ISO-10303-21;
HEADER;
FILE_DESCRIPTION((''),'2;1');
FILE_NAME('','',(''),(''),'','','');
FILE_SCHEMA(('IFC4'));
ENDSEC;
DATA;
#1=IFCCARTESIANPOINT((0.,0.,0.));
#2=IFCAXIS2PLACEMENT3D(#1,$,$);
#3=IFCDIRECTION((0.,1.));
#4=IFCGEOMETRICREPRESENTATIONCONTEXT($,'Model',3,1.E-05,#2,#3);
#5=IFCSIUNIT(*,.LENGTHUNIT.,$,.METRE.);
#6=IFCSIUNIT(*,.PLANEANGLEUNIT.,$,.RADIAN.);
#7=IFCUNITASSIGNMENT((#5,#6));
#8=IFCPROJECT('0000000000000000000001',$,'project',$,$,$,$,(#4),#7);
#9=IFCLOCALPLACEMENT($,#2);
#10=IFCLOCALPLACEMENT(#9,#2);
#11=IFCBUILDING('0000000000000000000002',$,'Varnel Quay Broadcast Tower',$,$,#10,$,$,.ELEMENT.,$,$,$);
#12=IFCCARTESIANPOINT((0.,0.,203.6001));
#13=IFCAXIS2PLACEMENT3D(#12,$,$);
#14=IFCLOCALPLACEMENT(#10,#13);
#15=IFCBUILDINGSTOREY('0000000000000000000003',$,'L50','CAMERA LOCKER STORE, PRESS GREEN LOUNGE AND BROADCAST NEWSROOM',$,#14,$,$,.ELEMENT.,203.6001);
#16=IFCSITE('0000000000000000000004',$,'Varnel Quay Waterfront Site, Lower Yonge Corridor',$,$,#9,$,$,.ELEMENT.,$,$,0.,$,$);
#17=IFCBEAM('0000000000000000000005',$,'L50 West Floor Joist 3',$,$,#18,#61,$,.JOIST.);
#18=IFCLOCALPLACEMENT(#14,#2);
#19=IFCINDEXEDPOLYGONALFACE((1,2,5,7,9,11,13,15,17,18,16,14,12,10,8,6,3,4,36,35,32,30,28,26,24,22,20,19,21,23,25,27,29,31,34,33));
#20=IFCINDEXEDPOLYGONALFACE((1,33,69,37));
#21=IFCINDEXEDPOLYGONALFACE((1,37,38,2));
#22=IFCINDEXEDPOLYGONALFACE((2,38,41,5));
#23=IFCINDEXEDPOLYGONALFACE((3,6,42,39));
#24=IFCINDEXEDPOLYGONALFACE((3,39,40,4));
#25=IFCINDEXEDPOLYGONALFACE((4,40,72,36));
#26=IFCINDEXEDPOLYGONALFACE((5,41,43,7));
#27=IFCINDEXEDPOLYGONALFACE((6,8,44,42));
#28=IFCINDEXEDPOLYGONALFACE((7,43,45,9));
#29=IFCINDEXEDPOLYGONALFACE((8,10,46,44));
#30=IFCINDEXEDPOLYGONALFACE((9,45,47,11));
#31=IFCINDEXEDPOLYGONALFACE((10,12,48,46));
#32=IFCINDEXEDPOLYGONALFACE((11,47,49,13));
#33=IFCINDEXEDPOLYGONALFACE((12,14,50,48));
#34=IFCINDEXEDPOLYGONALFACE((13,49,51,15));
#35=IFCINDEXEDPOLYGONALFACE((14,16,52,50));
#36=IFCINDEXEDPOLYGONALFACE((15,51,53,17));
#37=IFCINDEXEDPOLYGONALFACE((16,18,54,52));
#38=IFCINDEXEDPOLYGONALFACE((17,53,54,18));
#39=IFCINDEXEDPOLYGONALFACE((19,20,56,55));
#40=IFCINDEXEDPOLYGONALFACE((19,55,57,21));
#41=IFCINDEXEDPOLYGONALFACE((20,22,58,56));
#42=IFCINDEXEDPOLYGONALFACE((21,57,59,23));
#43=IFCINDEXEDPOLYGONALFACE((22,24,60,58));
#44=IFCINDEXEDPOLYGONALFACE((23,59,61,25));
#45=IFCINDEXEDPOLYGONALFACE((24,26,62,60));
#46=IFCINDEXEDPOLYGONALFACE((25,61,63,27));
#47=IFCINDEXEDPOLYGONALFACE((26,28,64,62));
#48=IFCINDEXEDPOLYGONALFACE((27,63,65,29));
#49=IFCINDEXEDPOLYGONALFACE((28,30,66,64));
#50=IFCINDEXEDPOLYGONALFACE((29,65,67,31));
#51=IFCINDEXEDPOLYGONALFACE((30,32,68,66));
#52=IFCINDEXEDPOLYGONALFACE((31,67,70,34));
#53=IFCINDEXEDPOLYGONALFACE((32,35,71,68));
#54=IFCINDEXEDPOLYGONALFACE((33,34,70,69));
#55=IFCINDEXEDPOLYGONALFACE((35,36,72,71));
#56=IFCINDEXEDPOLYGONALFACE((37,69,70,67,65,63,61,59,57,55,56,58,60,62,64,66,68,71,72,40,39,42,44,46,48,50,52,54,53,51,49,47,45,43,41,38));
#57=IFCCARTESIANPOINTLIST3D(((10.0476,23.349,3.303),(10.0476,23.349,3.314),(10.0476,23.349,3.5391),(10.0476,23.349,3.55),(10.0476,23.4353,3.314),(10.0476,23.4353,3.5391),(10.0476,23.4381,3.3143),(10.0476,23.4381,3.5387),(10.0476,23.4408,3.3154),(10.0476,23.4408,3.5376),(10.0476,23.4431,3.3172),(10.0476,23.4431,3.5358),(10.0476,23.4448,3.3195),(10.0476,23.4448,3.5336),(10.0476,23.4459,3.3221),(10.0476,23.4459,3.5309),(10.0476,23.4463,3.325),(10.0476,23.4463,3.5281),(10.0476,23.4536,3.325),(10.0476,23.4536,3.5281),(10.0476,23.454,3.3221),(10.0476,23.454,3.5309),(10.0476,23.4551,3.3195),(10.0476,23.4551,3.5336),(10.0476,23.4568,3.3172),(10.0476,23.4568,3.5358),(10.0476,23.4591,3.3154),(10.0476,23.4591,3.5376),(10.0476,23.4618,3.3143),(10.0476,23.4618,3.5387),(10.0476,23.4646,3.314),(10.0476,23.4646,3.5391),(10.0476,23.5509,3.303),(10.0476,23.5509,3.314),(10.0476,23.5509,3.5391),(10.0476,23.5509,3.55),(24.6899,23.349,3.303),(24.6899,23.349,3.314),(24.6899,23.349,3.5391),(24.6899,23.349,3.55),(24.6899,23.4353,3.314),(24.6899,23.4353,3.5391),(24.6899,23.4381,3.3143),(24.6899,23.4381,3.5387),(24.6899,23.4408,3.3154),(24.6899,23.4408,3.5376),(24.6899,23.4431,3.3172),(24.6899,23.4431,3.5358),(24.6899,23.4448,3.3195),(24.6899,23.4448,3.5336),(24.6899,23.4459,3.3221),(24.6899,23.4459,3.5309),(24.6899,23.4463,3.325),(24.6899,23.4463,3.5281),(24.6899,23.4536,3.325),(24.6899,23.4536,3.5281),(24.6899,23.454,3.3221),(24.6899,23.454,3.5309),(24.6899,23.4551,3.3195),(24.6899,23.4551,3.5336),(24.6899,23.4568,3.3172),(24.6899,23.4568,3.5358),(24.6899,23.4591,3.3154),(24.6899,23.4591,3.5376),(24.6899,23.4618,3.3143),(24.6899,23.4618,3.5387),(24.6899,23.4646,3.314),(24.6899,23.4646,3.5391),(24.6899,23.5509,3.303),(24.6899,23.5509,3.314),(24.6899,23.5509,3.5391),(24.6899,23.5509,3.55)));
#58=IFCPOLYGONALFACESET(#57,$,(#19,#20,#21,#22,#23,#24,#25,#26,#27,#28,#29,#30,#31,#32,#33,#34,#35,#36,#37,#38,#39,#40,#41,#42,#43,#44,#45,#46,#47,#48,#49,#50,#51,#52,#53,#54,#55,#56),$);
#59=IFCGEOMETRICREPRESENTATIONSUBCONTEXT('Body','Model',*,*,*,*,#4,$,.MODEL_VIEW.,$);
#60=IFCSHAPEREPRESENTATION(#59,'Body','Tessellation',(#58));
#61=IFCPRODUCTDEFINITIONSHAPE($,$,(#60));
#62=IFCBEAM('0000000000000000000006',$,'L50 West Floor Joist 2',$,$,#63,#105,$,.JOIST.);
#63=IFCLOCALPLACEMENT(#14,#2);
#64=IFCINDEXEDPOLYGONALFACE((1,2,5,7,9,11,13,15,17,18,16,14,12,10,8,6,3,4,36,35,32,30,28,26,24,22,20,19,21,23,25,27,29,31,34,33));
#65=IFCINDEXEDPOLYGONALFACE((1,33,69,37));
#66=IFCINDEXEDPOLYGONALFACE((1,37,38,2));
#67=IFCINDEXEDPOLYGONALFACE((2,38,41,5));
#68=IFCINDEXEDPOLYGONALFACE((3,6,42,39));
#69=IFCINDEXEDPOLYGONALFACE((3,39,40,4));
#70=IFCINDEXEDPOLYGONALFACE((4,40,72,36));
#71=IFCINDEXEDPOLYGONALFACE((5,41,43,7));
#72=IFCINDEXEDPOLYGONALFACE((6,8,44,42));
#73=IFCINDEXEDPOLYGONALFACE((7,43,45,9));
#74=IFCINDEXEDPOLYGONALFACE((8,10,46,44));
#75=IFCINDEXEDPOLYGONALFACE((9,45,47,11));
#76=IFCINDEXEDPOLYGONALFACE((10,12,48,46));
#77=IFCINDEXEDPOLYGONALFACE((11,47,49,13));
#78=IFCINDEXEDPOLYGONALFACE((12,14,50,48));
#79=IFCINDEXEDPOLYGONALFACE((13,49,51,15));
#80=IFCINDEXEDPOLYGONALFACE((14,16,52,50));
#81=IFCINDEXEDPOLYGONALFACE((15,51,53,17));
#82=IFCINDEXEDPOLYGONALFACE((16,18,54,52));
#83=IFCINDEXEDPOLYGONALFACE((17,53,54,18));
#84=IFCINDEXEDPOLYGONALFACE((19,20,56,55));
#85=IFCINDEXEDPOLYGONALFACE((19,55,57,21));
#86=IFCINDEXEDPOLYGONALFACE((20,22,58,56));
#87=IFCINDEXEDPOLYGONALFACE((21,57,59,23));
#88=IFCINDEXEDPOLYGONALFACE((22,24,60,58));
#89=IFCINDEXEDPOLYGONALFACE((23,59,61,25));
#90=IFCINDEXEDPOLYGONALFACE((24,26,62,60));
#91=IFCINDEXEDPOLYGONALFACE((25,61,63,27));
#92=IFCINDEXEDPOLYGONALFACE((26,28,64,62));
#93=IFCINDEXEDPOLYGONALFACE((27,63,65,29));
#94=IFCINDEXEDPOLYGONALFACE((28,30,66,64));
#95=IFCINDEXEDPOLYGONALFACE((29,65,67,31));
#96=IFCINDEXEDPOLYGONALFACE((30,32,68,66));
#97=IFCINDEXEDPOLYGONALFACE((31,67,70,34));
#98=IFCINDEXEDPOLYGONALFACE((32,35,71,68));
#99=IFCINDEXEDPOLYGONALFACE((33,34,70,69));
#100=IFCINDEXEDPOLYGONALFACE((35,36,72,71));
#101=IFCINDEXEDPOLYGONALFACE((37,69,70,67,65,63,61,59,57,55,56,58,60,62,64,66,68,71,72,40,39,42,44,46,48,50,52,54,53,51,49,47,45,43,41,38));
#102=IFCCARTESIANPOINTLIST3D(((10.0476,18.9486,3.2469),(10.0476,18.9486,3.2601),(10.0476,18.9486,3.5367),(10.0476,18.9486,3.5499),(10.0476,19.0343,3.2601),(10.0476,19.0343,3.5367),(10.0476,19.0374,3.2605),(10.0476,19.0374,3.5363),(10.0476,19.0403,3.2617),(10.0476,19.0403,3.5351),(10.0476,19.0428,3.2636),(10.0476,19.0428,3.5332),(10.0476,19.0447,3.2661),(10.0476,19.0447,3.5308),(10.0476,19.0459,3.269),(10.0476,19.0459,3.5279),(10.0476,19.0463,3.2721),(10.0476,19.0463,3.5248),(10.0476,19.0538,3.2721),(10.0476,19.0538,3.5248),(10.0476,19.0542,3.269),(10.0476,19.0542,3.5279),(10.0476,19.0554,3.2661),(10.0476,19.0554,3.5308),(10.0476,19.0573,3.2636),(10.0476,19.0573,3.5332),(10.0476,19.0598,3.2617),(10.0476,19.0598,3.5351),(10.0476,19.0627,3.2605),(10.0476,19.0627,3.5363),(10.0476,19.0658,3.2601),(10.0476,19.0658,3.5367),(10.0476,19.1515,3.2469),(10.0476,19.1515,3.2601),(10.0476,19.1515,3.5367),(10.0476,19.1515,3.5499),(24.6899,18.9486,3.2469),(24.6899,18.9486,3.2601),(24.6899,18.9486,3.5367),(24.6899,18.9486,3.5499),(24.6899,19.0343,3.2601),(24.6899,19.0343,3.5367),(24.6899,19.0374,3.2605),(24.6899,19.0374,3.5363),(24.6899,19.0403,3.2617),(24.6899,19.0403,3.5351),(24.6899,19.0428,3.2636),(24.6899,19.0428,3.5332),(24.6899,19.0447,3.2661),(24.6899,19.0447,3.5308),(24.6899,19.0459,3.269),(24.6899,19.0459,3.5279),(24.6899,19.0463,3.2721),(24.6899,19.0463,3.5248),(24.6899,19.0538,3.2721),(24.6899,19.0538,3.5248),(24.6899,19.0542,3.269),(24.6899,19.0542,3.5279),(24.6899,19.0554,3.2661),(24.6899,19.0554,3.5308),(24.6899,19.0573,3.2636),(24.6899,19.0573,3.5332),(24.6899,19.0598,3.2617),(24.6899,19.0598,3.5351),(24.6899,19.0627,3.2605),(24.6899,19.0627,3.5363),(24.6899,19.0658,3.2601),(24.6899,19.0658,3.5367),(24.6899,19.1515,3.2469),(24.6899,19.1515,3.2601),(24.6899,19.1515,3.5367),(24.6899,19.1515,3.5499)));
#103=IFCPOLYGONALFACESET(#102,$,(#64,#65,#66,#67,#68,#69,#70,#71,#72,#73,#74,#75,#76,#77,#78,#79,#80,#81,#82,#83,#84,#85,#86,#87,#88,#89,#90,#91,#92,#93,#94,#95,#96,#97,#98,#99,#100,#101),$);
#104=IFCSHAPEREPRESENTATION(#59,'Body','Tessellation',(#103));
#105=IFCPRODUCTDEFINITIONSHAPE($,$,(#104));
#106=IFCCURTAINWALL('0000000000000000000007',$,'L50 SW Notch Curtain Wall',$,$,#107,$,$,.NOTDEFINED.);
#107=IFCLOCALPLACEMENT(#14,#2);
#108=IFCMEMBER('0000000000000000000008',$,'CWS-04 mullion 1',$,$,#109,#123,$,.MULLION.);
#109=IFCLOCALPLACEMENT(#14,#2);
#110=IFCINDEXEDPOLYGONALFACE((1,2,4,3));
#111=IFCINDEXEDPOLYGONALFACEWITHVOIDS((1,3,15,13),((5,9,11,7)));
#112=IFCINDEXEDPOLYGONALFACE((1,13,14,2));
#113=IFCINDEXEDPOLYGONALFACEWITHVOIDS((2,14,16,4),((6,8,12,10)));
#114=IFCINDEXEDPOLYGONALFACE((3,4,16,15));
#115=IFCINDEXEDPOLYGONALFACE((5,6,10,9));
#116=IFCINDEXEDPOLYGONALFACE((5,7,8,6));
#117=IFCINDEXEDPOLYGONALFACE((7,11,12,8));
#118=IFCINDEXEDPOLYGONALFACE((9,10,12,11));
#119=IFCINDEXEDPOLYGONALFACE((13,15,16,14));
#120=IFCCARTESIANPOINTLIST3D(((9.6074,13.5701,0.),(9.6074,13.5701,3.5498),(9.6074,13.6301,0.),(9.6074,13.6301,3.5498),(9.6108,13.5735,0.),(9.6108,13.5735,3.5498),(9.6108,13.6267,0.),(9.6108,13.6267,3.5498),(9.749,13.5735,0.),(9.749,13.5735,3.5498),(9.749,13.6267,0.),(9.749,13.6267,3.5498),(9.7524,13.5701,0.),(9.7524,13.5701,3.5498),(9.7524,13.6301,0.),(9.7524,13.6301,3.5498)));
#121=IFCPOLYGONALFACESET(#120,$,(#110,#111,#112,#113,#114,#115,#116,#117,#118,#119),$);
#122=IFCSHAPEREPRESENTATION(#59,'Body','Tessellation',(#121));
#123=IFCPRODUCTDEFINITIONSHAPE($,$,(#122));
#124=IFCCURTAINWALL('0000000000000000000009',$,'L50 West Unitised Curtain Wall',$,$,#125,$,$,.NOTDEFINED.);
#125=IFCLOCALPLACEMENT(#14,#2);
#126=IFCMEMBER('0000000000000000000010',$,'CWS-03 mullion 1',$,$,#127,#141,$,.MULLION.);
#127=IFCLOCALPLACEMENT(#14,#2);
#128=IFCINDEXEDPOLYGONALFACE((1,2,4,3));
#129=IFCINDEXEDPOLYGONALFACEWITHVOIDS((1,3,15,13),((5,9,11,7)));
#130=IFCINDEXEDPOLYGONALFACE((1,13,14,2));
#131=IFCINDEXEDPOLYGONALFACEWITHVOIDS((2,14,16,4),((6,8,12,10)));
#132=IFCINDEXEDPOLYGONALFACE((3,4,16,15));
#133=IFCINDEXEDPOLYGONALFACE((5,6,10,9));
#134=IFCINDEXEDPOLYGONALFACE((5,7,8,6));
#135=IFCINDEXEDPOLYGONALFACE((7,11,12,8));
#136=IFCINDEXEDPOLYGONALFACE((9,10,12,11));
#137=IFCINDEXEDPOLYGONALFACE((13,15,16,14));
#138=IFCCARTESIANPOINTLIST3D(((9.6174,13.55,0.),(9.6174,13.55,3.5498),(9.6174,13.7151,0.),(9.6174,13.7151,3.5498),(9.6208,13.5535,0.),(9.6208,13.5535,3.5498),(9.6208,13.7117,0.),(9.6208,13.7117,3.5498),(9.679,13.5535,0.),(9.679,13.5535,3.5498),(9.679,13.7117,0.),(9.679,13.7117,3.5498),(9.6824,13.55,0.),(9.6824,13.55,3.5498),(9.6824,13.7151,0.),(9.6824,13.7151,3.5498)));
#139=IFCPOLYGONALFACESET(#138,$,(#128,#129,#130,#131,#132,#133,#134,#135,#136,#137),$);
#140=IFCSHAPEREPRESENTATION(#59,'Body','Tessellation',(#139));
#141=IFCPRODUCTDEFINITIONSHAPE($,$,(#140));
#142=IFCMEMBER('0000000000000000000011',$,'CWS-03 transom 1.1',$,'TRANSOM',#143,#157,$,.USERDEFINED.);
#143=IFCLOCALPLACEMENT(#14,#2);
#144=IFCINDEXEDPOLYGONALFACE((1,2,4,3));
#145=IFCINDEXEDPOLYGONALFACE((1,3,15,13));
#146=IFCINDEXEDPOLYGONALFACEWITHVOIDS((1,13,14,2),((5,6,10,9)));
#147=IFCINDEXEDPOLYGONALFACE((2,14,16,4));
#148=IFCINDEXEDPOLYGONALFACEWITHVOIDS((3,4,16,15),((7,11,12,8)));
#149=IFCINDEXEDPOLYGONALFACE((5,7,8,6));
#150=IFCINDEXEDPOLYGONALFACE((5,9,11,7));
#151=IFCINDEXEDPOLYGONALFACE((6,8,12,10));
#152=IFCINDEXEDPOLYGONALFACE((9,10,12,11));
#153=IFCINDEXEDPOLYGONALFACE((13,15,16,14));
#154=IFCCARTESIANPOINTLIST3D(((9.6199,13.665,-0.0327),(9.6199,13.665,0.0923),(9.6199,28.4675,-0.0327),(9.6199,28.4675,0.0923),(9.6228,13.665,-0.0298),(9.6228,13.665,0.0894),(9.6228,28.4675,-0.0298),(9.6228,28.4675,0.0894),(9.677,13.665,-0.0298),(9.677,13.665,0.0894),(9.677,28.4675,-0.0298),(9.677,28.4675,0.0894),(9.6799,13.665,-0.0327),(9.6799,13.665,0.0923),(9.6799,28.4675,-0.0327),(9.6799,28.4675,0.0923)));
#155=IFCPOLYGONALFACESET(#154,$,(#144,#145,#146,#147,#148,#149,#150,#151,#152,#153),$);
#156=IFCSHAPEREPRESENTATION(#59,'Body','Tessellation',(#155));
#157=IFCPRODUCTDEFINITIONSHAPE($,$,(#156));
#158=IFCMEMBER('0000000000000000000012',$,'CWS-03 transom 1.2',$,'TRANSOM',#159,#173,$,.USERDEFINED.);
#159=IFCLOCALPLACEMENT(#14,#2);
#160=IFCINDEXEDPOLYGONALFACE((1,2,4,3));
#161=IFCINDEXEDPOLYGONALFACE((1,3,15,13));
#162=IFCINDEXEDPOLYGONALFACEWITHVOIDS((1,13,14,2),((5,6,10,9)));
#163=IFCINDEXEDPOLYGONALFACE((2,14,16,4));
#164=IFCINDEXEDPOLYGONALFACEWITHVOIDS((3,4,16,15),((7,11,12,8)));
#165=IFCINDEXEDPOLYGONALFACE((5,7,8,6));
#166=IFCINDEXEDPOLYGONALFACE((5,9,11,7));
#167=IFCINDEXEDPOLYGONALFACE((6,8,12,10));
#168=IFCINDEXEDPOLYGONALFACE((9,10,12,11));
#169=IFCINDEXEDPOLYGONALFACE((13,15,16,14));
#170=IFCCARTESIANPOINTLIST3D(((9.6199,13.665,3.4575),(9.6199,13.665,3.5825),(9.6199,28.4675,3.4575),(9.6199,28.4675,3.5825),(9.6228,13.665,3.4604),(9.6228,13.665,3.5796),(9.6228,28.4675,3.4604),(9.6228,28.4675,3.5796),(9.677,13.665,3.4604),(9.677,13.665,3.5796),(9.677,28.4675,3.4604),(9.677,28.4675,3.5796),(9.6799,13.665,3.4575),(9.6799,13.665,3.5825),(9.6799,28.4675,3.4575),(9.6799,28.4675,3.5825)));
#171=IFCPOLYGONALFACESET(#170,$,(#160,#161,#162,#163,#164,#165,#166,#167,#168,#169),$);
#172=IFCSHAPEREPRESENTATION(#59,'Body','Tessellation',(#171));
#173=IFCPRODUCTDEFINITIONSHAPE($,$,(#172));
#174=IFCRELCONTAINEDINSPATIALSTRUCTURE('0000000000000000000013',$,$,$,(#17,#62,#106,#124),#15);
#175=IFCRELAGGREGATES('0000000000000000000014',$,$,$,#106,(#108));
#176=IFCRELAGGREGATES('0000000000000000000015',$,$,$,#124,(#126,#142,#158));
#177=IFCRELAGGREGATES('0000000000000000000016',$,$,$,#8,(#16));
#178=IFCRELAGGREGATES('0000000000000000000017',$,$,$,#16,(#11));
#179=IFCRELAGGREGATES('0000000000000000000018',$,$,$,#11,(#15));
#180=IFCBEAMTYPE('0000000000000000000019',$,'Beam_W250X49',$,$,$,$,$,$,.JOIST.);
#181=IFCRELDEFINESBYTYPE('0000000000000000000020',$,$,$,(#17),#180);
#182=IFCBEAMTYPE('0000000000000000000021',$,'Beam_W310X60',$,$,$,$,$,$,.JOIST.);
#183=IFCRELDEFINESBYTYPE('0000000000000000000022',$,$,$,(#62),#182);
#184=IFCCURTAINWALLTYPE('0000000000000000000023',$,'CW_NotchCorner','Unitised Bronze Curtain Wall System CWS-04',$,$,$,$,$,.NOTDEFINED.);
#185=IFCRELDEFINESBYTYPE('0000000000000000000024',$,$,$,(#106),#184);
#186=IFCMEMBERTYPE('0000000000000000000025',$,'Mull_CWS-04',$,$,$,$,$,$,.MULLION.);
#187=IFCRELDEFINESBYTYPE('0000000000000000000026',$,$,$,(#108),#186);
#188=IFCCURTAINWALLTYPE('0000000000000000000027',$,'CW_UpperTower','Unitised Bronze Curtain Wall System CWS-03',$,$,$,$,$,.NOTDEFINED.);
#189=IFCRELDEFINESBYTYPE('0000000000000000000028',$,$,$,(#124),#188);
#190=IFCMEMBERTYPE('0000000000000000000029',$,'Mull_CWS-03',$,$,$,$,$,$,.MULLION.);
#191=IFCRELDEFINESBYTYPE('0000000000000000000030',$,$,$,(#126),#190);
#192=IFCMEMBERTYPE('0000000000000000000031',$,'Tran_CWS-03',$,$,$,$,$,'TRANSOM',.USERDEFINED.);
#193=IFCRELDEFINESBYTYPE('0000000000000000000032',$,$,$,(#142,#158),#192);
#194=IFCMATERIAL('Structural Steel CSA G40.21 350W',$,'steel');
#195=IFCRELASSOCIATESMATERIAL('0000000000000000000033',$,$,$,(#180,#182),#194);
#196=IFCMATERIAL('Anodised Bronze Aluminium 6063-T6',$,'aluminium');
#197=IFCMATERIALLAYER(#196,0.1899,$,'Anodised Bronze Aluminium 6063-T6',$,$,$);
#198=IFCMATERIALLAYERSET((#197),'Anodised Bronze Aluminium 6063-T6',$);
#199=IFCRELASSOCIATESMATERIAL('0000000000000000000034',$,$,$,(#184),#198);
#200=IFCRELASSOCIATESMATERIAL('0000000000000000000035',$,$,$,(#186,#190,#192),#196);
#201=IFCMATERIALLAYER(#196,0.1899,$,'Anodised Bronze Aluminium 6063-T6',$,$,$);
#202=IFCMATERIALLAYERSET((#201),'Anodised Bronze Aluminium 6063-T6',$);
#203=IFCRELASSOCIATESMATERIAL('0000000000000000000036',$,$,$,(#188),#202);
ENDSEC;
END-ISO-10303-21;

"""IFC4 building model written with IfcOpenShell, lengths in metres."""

from ifc_helpers import new_model, si_unit, direction, frame, origin, origin_2d, place, context, subcontext, project, spatial, hollow_rectangle, i_section, extrude, source, transform, mapped, material, layer, layer_set, material_profile, profile_set, type_object, type_shapes, element, aggregate, save


model = new_model("IFC4")

# Units and contexts
model_context = context("Model", 3, precision=1e-05, world=origin(), true_north=direction((0.0, 1.0)))
body_context = subcontext(model_context, "Body", "Model", "MODEL_VIEW")
ifc_project = project(units=[si_unit("LENGTHUNIT", "METRE"), si_unit("PLANEANGLEUNIT", "RADIAN")], contexts=[model_context])

# Site, building, storey
site_placement = place(None, origin())
site = spatial("IfcSite", under=ifc_project, at=site_placement, Name="Varnel Quay Waterfront Site, Lower Yonge Corridor", CompositionType="ELEMENT", RefElevation=0.0)
building_placement = place(site_placement, origin())
building = spatial("IfcBuilding", under=site, at=building_placement, Name="Varnel Quay Broadcast Tower", CompositionType="ELEMENT")
storey_placement = place(building_placement, frame((0.0, 0.0, 203.6001)))
storey = spatial("IfcBuildingStorey", under=building, at=storey_placement, Name="L50", Description="CAMERA LOCKER STORE, PRESS GREEN LOUNGE AND BROADCAST NEWSROOM", CompositionType="ELEMENT", Elevation=203.6001)

# Shared definitions
ifc_material_1 = material(Name="Structural Steel CSA G40.21 350W", Category="steel")

# Beams
ifc_material_profile_1 = material_profile(ifc_material_1, i_section(OverallWidth=0.2019, OverallDepth=0.2471, WebThickness=0.0073, FlangeThickness=0.011, FilletRadius=0.011, at=origin_2d()), Name="W250X49")
ifc_profile_set_1 = profile_set([ifc_material_profile_1], Name="Structural Steel CSA G40.21 350W")
beam_type_1 = type_object("IfcBeamType", Name="Beam_W250X49", PredefinedType="JOIST", material=ifc_profile_set_1)
shared_shape_1 = source(origin(), body_context, "Body", "SweptSolid", [
    extrude(i_section(OverallWidth=0.2019, OverallDepth=0.2471, WebThickness=0.0073, FlangeThickness=0.011, FilletRadius=0.011, at=origin_2d()), origin(), (0.0, 0.0, 1.0), 14.6423),
])
type_shapes(beam_type_1, [shared_shape_1])
for number, where, z_axis, x_axis, name in (
    (1, (10.0476, 23.45, 3.4265), (1.0, 0.0, 0.0), (0.0, 1.0, 0.0), "L50 West Floor Joist 3"),
):
    element("IfcBeam", number, at=place(storey_placement, frame(where, z_axis=z_axis, x_axis=x_axis)), inside=storey, type_object=beam_type_1, Name=name, PredefinedType="JOIST", context=body_context, shape_type="MappedRepresentation", body=[
        mapped(shared_shape_1, transform((0.0, 0.0, 0.0), x_axis=(1.0, 0.0, 0.0), y_axis=(0.0, 1.0, 0.0), z_axis=(0.0, 0.0, 1.0), scale=1.0)),
    ])
ifc_material_profile_2 = material_profile(ifc_material_1, i_section(OverallWidth=0.2029, OverallDepth=0.303, WebThickness=0.0076, FlangeThickness=0.0132, FilletRadius=0.012, at=origin_2d()), Name="W310X60")
ifc_profile_set_2 = profile_set([ifc_material_profile_2], Name="Structural Steel CSA G40.21 350W")
beam_type_2 = type_object("IfcBeamType", Name="Beam_W310X60", PredefinedType="JOIST", material=ifc_profile_set_2)
shared_shape_2 = source(origin(), body_context, "Body", "SweptSolid", [
    extrude(i_section(OverallWidth=0.2029, OverallDepth=0.303, WebThickness=0.0076, FlangeThickness=0.0132, FilletRadius=0.012, at=origin_2d()), origin(), (0.0, 0.0, 1.0), 14.6423),
])
type_shapes(beam_type_2, [shared_shape_2])
beam_1_placement = place(storey_placement, frame((10.0476, 19.05, 3.3984), z_axis=(1.0, 0.0, 0.0), x_axis=(0.0, 1.0, 0.0)))
element("IfcBeam", 2, at=beam_1_placement, inside=storey, type_object=beam_type_2, Name="L50 West Floor Joist 2", PredefinedType="JOIST", context=body_context, shape_type="MappedRepresentation", body=[
    mapped(shared_shape_2, transform((0.0, 0.0, 0.0), x_axis=(1.0, 0.0, 0.0), y_axis=(0.0, 1.0, 0.0), z_axis=(0.0, 0.0, 1.0), scale=1.0)),
])

# Curtain wall, member
ifc_material_2 = material(Name="Anodised Bronze Aluminium 6063-T6", Category="aluminium")
ifc_layer_1 = layer(ifc_material_2, 0.1899, Name="Anodised Bronze Aluminium 6063-T6")
ifc_layer_set_1 = layer_set([ifc_layer_1], Name="Anodised Bronze Aluminium 6063-T6")
curtain_wall_type_1 = type_object("IfcCurtainWallType", Name="CW_NotchCorner", Description="Unitised Bronze Curtain Wall System CWS-04", PredefinedType="NOTDEFINED", material=ifc_layer_set_1)
curtain_wall_1_placement = place(storey_placement, origin())
curtain_wall_1 = element("IfcCurtainWall", 3, at=curtain_wall_1_placement, inside=storey, type_object=curtain_wall_type_1, Name="L50 SW Notch Curtain Wall", PredefinedType="NOTDEFINED")
ifc_material_profile_3 = material_profile(ifc_material_2, hollow_rectangle(XDim=0.0601, YDim=0.145, WallThickness=0.0034, at=origin_2d()), Name="ALU60X145X3.5")
ifc_profile_set_3 = profile_set([ifc_material_profile_3], Name="Anodised Bronze Aluminium 6063-T6")
member_type_1 = type_object("IfcMemberType", Name="Mull_CWS-04", PredefinedType="MULLION", material=ifc_profile_set_3)
shared_shape_3 = source(origin(), body_context, "Body", "SweptSolid", [
    extrude(hollow_rectangle(XDim=0.0601, YDim=0.145, WallThickness=0.0034, at=origin_2d()), origin(), (0.0, 0.0, 1.0), 3.5498),
])
type_shapes(member_type_1, [shared_shape_3])
member_1_placement = place(storey_placement, frame((9.6799, 13.6001, 0.0), z_axis=(0.0, 0.0, 1.0), x_axis=(0.0, 1.0, 0.0)))
member_1 = element("IfcMember", 4, at=member_1_placement, type_object=member_type_1, Name="CWS-04 mullion 1", PredefinedType="MULLION", context=body_context, shape_type="MappedRepresentation", body=[
    mapped(shared_shape_3, transform((0.0, 0.0, 0.0), x_axis=(1.0, 0.0, 0.0), y_axis=(0.0, 1.0, 0.0), z_axis=(0.0, 0.0, 1.0), scale=1.0)),
])

# Curtain wall, members
ifc_layer_2 = layer(ifc_material_2, 0.1899, Name="Anodised Bronze Aluminium 6063-T6")
ifc_layer_set_2 = layer_set([ifc_layer_2], Name="Anodised Bronze Aluminium 6063-T6")
curtain_wall_type_2 = type_object("IfcCurtainWallType", Name="CW_UpperTower", Description="Unitised Bronze Curtain Wall System CWS-03", PredefinedType="NOTDEFINED", material=ifc_layer_set_2)
curtain_wall_2_placement = place(storey_placement, origin())
curtain_wall_2 = element("IfcCurtainWall", 5, at=curtain_wall_2_placement, inside=storey, type_object=curtain_wall_type_2, Name="L50 West Unitised Curtain Wall", PredefinedType="NOTDEFINED")
ifc_material_profile_4 = material_profile(ifc_material_2, hollow_rectangle(XDim=0.0649, YDim=0.165, WallThickness=0.0034, at=origin_2d()), Name="ALU65X165X3.5")
ifc_profile_set_4 = profile_set([ifc_material_profile_4], Name="Anodised Bronze Aluminium 6063-T6")
member_type_2 = type_object("IfcMemberType", Name="Mull_CWS-03", PredefinedType="MULLION", material=ifc_profile_set_4)
shared_shape_4 = source(origin(), body_context, "Body", "SweptSolid", [
    extrude(hollow_rectangle(XDim=0.0649, YDim=0.165, WallThickness=0.0034, at=origin_2d()), origin(), (0.0, 0.0, 1.0), 3.5498),
])
type_shapes(member_type_2, [shared_shape_4])
member_2_placement = place(storey_placement, frame((9.6499, 13.6326, 0.0), z_axis=(0.0, 0.0, 1.0), x_axis=(-1.0, 0.0, 0.0)))
member_2 = element("IfcMember", 6, at=member_2_placement, type_object=member_type_2, Name="CWS-03 mullion 1", PredefinedType="MULLION", context=body_context, shape_type="MappedRepresentation", body=[
    mapped(shared_shape_4, transform((0.0, 0.0, 0.0), x_axis=(1.0, 0.0, 0.0), y_axis=(0.0, 1.0, 0.0), z_axis=(0.0, 0.0, 1.0), scale=1.0)),
])
ifc_material_profile_5 = material_profile(ifc_material_2, hollow_rectangle(XDim=0.0601, YDim=0.125, WallThickness=0.0029, at=origin_2d()), Name="ALU60X125X3")
ifc_profile_set_5 = profile_set([ifc_material_profile_5], Name="Anodised Bronze Aluminium 6063-T6")
member_type_3 = type_object("IfcMemberType", Name="Tran_CWS-03", ElementType="TRANSOM", PredefinedType="USERDEFINED", material=ifc_profile_set_5)
shared_shape_5 = source(origin(), body_context, "Body", "SweptSolid", [
    extrude(hollow_rectangle(XDim=0.0601, YDim=0.125, WallThickness=0.0029, at=origin_2d()), origin(), (0.0, 0.0, 1.0), 14.8025),
])
type_shapes(member_type_3, [shared_shape_5])
member_3_placement = place(storey_placement, frame((9.6499, 13.665, 0.0298), z_axis=(0.0, 1.0, 0.0), x_axis=(-1.0, 0.0, 0.0)))
member_3 = element("IfcMember", 7, at=member_3_placement, type_object=member_type_3, Name="CWS-03 transom 1.1", ObjectType="TRANSOM", PredefinedType="USERDEFINED", context=body_context, shape_type="MappedRepresentation", body=[
    mapped(shared_shape_5, transform((0.0, 0.0, 0.0), x_axis=(1.0, 0.0, 0.0), y_axis=(0.0, 1.0, 0.0), z_axis=(0.0, 0.0, 1.0), scale=1.0)),
])
member_4_placement = place(storey_placement, frame((9.6499, 13.665, 3.52), z_axis=(0.0, 1.0, 0.0), x_axis=(-1.0, 0.0, 0.0)))
member_4 = element("IfcMember", 8, at=member_4_placement, type_object=member_type_3, Name="CWS-03 transom 1.2", ObjectType="TRANSOM", PredefinedType="USERDEFINED", context=body_context, shape_type="MappedRepresentation", body=[
    mapped(shared_shape_5, transform((0.0, 0.0, 0.0), x_axis=(1.0, 0.0, 0.0), y_axis=(0.0, 1.0, 0.0), z_axis=(0.0, 0.0, 1.0), scale=1.0)),
])

aggregate(curtain_wall_1, [member_1])

aggregate(curtain_wall_2, [member_2, member_3, member_4])

save(model, "model.ifc")
